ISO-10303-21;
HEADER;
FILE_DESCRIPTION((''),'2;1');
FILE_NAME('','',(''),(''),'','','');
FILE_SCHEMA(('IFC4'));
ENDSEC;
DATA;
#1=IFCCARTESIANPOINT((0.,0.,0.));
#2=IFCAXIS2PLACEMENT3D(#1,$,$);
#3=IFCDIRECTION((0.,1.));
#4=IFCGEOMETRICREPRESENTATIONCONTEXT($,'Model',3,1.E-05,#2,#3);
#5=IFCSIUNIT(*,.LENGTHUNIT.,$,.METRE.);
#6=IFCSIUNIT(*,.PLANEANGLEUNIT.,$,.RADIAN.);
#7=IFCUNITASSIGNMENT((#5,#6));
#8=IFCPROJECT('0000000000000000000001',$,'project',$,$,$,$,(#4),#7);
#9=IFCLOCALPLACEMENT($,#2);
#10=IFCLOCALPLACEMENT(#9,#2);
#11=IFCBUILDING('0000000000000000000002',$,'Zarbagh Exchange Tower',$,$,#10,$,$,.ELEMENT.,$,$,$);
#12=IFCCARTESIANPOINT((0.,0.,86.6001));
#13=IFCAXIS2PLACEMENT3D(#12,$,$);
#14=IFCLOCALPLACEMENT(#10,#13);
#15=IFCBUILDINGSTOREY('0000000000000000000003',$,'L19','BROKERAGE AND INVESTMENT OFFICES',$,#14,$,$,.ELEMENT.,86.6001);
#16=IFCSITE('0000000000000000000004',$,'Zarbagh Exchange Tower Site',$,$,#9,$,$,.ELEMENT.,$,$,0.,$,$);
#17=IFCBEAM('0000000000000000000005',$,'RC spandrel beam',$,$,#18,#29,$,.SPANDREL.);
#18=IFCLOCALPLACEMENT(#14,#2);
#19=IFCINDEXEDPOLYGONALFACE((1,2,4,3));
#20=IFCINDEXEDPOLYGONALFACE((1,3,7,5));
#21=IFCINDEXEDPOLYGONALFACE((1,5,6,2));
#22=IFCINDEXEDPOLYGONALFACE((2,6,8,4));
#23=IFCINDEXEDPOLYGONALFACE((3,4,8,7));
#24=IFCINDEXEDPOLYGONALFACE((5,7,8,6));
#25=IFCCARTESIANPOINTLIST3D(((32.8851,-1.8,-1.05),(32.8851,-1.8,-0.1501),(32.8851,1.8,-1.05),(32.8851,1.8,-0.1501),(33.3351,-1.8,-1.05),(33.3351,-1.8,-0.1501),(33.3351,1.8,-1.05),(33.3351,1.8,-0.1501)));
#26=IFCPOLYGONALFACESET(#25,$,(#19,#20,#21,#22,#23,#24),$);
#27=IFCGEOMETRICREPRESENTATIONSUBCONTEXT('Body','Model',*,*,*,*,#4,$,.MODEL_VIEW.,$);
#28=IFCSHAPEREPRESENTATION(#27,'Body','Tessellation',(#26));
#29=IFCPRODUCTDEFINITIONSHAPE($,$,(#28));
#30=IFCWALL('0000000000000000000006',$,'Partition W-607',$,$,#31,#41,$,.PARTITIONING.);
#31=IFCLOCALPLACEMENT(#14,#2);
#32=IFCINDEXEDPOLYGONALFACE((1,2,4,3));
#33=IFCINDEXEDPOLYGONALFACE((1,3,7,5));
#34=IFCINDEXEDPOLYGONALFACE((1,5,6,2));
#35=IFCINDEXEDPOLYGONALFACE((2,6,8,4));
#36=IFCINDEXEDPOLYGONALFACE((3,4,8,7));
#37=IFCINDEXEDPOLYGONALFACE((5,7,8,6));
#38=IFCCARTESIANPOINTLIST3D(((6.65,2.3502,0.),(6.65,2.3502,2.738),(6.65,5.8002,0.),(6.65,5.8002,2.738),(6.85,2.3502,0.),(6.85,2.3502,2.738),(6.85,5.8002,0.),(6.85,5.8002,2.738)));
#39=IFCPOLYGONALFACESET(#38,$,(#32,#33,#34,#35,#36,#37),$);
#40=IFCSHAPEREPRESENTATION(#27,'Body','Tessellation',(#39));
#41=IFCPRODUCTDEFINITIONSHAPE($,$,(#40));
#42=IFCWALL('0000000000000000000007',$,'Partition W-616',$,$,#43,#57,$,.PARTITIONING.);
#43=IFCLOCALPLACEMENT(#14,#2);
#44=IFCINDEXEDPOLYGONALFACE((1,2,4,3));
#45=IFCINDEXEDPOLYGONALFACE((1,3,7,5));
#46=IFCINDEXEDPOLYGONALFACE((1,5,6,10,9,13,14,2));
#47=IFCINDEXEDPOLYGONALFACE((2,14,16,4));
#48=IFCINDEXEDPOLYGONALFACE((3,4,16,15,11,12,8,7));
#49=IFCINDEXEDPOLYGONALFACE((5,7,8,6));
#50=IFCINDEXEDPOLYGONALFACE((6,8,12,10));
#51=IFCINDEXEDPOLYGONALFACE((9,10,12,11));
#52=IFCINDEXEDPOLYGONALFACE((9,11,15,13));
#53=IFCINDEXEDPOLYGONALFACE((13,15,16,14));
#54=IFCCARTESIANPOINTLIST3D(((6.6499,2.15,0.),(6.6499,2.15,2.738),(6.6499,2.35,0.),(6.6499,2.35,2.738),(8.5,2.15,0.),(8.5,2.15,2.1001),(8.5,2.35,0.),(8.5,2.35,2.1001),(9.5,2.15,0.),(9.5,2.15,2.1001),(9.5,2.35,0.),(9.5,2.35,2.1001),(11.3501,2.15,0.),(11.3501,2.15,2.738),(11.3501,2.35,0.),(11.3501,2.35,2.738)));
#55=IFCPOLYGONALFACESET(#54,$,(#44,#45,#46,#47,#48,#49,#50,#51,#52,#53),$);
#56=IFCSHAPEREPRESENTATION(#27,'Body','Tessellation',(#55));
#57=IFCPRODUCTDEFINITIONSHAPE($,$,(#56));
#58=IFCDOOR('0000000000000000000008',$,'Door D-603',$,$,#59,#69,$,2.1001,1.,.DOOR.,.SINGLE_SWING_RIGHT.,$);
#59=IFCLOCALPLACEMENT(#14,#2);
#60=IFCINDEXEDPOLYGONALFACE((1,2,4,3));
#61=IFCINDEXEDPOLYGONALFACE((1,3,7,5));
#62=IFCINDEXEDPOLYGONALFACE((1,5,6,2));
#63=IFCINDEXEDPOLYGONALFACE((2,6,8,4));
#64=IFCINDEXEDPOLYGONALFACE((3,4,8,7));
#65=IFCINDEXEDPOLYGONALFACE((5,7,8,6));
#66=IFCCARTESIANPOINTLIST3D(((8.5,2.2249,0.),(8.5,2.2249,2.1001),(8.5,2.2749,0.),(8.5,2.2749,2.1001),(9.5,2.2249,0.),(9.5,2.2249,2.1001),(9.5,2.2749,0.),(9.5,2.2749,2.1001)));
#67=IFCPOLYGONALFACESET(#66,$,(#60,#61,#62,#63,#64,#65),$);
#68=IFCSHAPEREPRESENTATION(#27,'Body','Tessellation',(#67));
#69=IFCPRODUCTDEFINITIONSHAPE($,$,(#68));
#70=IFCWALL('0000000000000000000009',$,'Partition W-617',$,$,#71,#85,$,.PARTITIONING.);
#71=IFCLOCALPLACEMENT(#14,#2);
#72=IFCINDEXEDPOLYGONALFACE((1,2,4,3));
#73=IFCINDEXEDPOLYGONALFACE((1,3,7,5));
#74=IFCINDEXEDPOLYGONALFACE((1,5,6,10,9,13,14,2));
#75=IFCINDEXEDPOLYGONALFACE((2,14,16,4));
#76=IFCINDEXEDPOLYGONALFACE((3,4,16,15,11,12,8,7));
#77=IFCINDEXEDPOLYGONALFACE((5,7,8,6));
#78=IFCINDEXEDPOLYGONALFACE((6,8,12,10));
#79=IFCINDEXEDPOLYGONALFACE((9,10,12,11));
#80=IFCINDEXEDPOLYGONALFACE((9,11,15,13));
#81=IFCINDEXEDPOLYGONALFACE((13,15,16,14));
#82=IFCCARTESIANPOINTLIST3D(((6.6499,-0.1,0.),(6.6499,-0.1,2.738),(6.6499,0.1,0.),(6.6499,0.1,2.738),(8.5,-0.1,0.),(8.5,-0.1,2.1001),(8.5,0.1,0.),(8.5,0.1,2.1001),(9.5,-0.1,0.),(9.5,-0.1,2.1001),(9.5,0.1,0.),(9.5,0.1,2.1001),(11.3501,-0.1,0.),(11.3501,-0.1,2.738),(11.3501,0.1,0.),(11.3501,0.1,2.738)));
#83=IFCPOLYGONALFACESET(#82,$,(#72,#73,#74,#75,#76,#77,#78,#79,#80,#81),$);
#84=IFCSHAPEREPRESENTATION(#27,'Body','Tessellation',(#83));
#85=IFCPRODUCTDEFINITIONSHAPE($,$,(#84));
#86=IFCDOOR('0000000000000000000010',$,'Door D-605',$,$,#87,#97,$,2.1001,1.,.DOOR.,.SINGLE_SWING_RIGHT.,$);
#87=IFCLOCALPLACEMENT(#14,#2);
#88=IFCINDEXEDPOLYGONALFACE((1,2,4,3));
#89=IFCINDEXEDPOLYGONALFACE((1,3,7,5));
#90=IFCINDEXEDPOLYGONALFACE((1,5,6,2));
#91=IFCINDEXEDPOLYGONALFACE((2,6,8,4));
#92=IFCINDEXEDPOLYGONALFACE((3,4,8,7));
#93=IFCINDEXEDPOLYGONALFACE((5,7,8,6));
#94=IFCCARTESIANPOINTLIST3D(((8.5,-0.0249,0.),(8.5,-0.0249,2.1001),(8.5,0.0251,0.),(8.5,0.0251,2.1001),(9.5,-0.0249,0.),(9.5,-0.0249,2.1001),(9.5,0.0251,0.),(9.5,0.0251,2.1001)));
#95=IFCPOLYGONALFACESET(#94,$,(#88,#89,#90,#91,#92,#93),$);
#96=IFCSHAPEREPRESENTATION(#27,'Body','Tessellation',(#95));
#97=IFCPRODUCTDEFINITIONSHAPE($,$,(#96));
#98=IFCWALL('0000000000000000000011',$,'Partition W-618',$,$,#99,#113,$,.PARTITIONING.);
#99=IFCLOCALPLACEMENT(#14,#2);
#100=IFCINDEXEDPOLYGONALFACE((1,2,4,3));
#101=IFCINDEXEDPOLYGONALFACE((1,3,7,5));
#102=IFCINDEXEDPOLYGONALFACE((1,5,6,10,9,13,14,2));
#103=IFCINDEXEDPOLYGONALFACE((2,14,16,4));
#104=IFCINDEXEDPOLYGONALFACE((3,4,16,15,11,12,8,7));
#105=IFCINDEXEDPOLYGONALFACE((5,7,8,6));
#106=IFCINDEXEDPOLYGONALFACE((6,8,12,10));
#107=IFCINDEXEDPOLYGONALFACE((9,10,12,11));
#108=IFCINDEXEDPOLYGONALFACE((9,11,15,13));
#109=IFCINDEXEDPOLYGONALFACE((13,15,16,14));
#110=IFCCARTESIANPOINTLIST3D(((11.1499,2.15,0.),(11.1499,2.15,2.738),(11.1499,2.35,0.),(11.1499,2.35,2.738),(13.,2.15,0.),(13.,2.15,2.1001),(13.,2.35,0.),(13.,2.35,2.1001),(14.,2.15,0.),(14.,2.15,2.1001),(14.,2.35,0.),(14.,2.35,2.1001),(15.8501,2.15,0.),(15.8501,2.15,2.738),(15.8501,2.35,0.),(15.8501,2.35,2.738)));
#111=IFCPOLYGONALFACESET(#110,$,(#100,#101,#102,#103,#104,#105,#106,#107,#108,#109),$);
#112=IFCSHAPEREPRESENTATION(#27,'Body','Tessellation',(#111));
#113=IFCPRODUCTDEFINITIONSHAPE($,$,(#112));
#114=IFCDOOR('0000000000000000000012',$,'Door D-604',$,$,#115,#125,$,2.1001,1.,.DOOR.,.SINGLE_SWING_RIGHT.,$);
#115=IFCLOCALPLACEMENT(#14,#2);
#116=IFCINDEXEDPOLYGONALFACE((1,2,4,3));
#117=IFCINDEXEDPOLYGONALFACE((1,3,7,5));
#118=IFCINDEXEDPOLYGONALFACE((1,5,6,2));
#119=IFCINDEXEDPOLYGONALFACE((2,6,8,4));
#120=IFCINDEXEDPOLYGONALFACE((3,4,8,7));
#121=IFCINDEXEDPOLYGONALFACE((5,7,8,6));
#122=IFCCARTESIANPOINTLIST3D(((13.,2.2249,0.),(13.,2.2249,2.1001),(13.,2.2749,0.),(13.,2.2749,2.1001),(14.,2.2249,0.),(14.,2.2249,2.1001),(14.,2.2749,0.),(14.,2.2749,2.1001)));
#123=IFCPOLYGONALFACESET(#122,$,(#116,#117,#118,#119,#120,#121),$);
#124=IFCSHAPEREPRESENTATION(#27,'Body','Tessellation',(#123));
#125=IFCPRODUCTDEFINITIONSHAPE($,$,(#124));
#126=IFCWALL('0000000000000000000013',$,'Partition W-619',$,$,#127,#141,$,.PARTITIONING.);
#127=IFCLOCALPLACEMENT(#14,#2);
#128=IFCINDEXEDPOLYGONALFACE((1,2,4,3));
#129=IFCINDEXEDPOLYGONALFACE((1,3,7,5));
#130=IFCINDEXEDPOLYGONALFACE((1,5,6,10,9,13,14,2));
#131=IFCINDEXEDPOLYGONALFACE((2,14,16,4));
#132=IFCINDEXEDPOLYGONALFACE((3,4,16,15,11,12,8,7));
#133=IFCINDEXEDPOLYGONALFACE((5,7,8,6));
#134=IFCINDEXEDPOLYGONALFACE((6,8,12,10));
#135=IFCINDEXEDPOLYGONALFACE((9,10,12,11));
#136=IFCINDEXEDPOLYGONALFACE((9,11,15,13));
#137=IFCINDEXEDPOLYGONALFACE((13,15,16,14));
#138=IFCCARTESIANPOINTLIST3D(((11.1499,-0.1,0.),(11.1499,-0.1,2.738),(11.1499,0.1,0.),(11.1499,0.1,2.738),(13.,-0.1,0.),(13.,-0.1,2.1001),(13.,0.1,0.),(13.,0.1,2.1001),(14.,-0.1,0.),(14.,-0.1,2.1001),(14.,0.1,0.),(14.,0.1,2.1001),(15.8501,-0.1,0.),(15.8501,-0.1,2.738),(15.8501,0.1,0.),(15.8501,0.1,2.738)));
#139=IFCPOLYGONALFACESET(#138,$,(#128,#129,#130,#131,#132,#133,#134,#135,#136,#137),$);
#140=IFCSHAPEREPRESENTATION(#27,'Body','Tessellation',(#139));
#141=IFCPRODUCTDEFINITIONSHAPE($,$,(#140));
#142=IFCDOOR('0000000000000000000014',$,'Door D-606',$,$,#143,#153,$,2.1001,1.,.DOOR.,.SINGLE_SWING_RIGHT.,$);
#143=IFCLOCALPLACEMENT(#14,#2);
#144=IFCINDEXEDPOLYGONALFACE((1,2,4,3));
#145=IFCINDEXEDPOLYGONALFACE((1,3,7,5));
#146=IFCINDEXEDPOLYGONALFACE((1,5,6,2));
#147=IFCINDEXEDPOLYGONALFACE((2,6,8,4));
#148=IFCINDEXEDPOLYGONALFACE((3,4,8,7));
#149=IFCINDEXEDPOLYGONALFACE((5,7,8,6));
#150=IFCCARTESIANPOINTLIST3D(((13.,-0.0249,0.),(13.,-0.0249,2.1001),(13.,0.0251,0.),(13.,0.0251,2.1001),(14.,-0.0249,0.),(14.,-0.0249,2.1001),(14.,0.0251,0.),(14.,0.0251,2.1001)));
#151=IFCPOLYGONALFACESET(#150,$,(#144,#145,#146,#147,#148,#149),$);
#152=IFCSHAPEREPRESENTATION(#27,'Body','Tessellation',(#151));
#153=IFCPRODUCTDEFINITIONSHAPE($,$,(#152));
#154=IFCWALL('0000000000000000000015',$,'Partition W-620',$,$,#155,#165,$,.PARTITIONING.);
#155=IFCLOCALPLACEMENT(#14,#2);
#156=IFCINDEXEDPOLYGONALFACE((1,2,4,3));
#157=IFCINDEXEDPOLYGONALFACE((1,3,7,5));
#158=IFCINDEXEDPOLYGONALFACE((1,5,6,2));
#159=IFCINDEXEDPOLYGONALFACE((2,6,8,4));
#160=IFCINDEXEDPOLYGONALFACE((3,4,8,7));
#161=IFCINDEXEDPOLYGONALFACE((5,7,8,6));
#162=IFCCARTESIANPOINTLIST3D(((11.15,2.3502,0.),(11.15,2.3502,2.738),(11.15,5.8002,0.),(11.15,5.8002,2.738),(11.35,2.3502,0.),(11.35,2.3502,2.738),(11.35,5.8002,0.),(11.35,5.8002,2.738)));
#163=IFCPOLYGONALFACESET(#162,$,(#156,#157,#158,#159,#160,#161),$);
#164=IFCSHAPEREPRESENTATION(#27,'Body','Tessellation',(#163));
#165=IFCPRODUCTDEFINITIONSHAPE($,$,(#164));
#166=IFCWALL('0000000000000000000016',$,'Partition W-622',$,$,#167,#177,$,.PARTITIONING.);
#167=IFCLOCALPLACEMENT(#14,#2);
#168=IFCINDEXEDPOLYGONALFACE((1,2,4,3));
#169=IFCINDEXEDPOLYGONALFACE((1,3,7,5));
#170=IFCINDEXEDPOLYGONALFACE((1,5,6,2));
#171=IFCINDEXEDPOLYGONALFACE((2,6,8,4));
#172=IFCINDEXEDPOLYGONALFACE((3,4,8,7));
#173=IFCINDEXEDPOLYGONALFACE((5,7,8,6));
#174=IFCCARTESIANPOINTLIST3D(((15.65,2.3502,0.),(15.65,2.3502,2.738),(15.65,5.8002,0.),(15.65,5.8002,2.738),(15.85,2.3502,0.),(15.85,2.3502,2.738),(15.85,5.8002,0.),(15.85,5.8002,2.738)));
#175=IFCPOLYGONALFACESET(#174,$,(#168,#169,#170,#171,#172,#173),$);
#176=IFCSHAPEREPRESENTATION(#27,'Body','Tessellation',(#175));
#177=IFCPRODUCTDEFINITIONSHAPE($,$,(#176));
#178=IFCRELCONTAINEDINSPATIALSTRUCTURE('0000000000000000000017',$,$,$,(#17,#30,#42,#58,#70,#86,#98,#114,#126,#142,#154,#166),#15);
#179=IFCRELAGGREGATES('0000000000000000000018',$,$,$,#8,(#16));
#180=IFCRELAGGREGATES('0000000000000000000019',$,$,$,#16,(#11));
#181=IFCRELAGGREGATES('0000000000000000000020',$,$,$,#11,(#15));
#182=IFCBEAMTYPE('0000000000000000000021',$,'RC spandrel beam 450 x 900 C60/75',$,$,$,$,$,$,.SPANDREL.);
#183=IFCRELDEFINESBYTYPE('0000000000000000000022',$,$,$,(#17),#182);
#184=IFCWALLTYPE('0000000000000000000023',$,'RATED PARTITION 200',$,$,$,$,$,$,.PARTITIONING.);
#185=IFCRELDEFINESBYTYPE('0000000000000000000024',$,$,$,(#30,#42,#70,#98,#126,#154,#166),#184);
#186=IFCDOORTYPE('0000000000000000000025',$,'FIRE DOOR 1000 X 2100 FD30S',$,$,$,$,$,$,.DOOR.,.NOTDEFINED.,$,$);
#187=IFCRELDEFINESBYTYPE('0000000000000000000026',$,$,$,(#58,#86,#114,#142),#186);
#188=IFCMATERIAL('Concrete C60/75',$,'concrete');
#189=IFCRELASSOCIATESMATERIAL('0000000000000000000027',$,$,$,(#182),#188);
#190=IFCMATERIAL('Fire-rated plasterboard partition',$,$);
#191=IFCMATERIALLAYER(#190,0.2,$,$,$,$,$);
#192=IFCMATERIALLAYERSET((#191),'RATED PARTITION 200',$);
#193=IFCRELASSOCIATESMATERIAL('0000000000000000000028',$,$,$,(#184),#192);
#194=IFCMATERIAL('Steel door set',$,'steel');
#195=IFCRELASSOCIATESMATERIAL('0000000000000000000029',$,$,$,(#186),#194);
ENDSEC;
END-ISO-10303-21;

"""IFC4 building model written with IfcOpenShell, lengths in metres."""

from ifc_helpers import new_model, si_unit, direction, frame, frame_2d, origin, origin_2d, place, context, subcontext, project, spatial, rectangle, extrude, material, layer, layer_set, material_profile, profile_set, type_object, element, fill, save


model = new_model("IFC4")

# Units and contexts
model_context = context("Model", 3, precision=1e-05, world=origin(), true_north=direction((0.0, 1.0)))
body_context = subcontext(model_context, "Body", "Model", "MODEL_VIEW")
ifc_project = project(units=[si_unit("LENGTHUNIT", "METRE"), si_unit("PLANEANGLEUNIT", "RADIAN")], contexts=[model_context])

# Site, building, storey
site_placement = place(None, origin())
site = spatial("IfcSite", under=ifc_project, at=site_placement, Name="Zarbagh Exchange Tower Site", CompositionType="ELEMENT", RefElevation=0.0)
building_placement = place(site_placement, origin())
building = spatial("IfcBuilding", under=site, at=building_placement, Name="Zarbagh Exchange Tower", CompositionType="ELEMENT")
storey_placement = place(building_placement, frame((0.0, 0.0, 86.6001)))
storey = spatial("IfcBuildingStorey", under=building, at=storey_placement, Name="L19", Description="BROKERAGE AND INVESTMENT OFFICES", CompositionType="ELEMENT", Elevation=86.6001)

# Shared definitions
ifc_material_1 = material(Name="Concrete C60/75", Category="concrete")

# Beam
ifc_material_profile_1 = material_profile(ifc_material_1, rectangle(XDim=0.45, YDim=0.8999, at=origin_2d()), Name="RC spandrel beam 450 x 900 C60/75")
ifc_profile_set_1 = profile_set([ifc_material_profile_1], Name="Concrete C60/75")
beam_type_1 = type_object("IfcBeamType", Name="RC spandrel beam 450 x 900 C60/75", PredefinedType="SPANDREL", material=ifc_profile_set_1)
beam_1_placement = place(storey_placement, frame((33.1101, 1.8, -0.6001), z_axis=(0.0, -1.0, 0.0), x_axis=(1.0, 0.0, 0.0)))
element("IfcBeam", 1, at=beam_1_placement, inside=storey, type_object=beam_type_1, Name="RC spandrel beam", PredefinedType="SPANDREL", context=body_context, shape_type="SweptSolid", body=[
    extrude(rectangle(XDim=0.45, YDim=0.8999, at=origin_2d()), origin(), (0.0, 0.0, 1.0), 3.6001),
])

# Wall
ifc_material_2 = material(Name="Fire-rated plasterboard partition")
ifc_layer = layer(ifc_material_2, 0.2)
ifc_layer_set = layer_set([ifc_layer], Name="RATED PARTITION 200")
wall_type = type_object("IfcWallType", Name="RATED PARTITION 200", PredefinedType="PARTITIONING", material=ifc_layer_set)
wall_1_placement = place(storey_placement, frame((6.75, 2.3501, 0.0), z_axis=(0.0, 0.0, 1.0), x_axis=(0.0, 1.0, 0.0)))
element("IfcWall", 2, at=wall_1_placement, inside=storey, type_object=wall_type, Name="Partition W-607", PredefinedType="PARTITIONING", context=body_context, shape_type="SweptSolid", body=[
    extrude(rectangle(XDim=3.45, YDim=0.2, at=frame_2d((1.7251, 0.0))), origin(), (0.0, 0.0, 1.0), 2.738),
])

# Walls, openings, doors
wall_2_placement = place(storey_placement, frame((6.6499, 2.25, 0.0), z_axis=(0.0, 0.0, 1.0), x_axis=(1.0, 0.0, 0.0)))
wall_2 = element("IfcWall", 3, at=wall_2_placement, inside=storey, type_object=wall_type, Name="Partition W-616", PredefinedType="PARTITIONING", context=body_context, shape_type="SweptSolid", body=[
    extrude(rectangle(XDim=4.7002, YDim=0.2, at=frame_2d((2.3501, 0.0))), origin(), (0.0, 0.0, 1.0), 2.738),
])
opening_1_placement = place(wall_2_placement, frame((1.8501, 0.0, 0.0)))
opening_1 = element("IfcOpeningElement", 4, at=opening_1_placement, cuts=wall_2, PredefinedType="OPENING", context=body_context, shape_type="SweptSolid", body=[
    extrude(rectangle(XDim=1.0, YDim=2.1001, at=frame_2d((0.5, 1.05))), frame((0.0, 0.1099, 0.0), z_axis=(0.0, -1.0, 0.0), x_axis=(1.0, 0.0, 0.0)), (0.0, 0.0, 1.0), 0.22),
])
ifc_material_3 = material(Name="Steel door set", Category="steel")
door_type = type_object("IfcDoorType", Name="FIRE DOOR 1000 X 2100 FD30S", OperationType="NOTDEFINED", PredefinedType="DOOR", material=ifc_material_3)
door_1_placement = place(opening_1_placement, origin())
door_1 = element("IfcDoor", 5, at=door_1_placement, inside=storey, type_object=door_type, Name="Door D-603", OperationType="SINGLE_SWING_RIGHT", OverallHeight=2.1001, OverallWidth=1.0, PredefinedType="DOOR", context=body_context, shape_type="SweptSolid", body=[
    extrude(rectangle(XDim=1.0, YDim=2.1001, at=frame_2d((0.5, 1.05))), frame((0.0, 0.0249, 0.0), z_axis=(0.0, -1.0, 0.0), x_axis=(1.0, 0.0, 0.0)), (0.0, 0.0, 1.0), 0.05),
])
fill(opening_1, door_1)
wall_3_placement = place(storey_placement, frame((11.3501, 0.0, 0.0), z_axis=(0.0, 0.0, 1.0), x_axis=(-1.0, 0.0, 0.0)))
wall_3 = element("IfcWall", 6, at=wall_3_placement, inside=storey, type_object=wall_type, Name="Partition W-617", PredefinedType="PARTITIONING", context=body_context, shape_type="SweptSolid", body=[
    extrude(rectangle(XDim=4.7002, YDim=0.2, at=frame_2d((2.3501, 0.0))), origin(), (0.0, 0.0, 1.0), 2.738),
])
opening_2_placement = place(wall_3_placement, frame((1.8501, 0.0, 0.0)))
opening_2 = element("IfcOpeningElement", 7, at=opening_2_placement, cuts=wall_3, PredefinedType="OPENING", context=body_context, shape_type="SweptSolid", body=[
    extrude(rectangle(XDim=1.0, YDim=2.1001, at=frame_2d((0.5, 1.05))), frame((0.0, 0.1099, 0.0), z_axis=(0.0, -1.0, 0.0), x_axis=(1.0, 0.0, 0.0)), (0.0, 0.0, 1.0), 0.22),
])
door_2_placement = place(opening_2_placement, origin())
door_2 = element("IfcDoor", 8, at=door_2_placement, inside=storey, type_object=door_type, Name="Door D-605", OperationType="SINGLE_SWING_RIGHT", OverallHeight=2.1001, OverallWidth=1.0, PredefinedType="DOOR", context=body_context, shape_type="SweptSolid", body=[
    extrude(rectangle(XDim=1.0, YDim=2.1001, at=frame_2d((0.5, 1.05))), frame((0.0, 0.0249, 0.0), z_axis=(0.0, -1.0, 0.0), x_axis=(1.0, 0.0, 0.0)), (0.0, 0.0, 1.0), 0.05),
])
fill(opening_2, door_2)
wall_4_placement = place(storey_placement, frame((11.1499, 2.25, 0.0), z_axis=(0.0, 0.0, 1.0), x_axis=(1.0, 0.0, 0.0)))
wall_4 = element("IfcWall", 9, at=wall_4_placement, inside=storey, type_object=wall_type, Name="Partition W-618", PredefinedType="PARTITIONING", context=body_context, shape_type="SweptSolid", body=[
    extrude(rectangle(XDim=4.7002, YDim=0.2, at=frame_2d((2.3501, 0.0))), origin(), (0.0, 0.0, 1.0), 2.738),
])
opening_3_placement = place(wall_4_placement, frame((1.8501, 0.0, 0.0)))
opening_3 = element("IfcOpeningElement", 10, at=opening_3_placement, cuts=wall_4, PredefinedType="OPENING", context=body_context, shape_type="SweptSolid", body=[
    extrude(rectangle(XDim=1.0, YDim=2.1001, at=frame_2d((0.5, 1.05))), frame((0.0, 0.1099, 0.0), z_axis=(0.0, -1.0, 0.0), x_axis=(1.0, 0.0, 0.0)), (0.0, 0.0, 1.0), 0.22),
])
door_3_placement = place(opening_3_placement, origin())
door_3 = element("IfcDoor", 11, at=door_3_placement, inside=storey, type_object=door_type, Name="Door D-604", OperationType="SINGLE_SWING_RIGHT", OverallHeight=2.1001, OverallWidth=1.0, PredefinedType="DOOR", context=body_context, shape_type="SweptSolid", body=[
    extrude(rectangle(XDim=1.0, YDim=2.1001, at=frame_2d((0.5, 1.05))), frame((0.0, 0.0249, 0.0), z_axis=(0.0, -1.0, 0.0), x_axis=(1.0, 0.0, 0.0)), (0.0, 0.0, 1.0), 0.05),
])
fill(opening_3, door_3)
wall_5_placement = place(storey_placement, frame((15.8501, 0.0, 0.0), z_axis=(0.0, 0.0, 1.0), x_axis=(-1.0, 0.0, 0.0)))
wall_5 = element("IfcWall", 12, at=wall_5_placement, inside=storey, type_object=wall_type, Name="Partition W-619", PredefinedType="PARTITIONING", context=body_context, shape_type="SweptSolid", body=[
    extrude(rectangle(XDim=4.7002, YDim=0.2, at=frame_2d((2.3501, 0.0))), origin(), (0.0, 0.0, 1.0), 2.738),
])
opening_4_placement = place(wall_5_placement, frame((1.8501, 0.0, 0.0)))
opening_4 = element("IfcOpeningElement", 13, at=opening_4_placement, cuts=wall_5, PredefinedType="OPENING", context=body_context, shape_type="SweptSolid", body=[
    extrude(rectangle(XDim=1.0, YDim=2.1001, at=frame_2d((0.5, 1.05))), frame((0.0, 0.1099, 0.0), z_axis=(0.0, -1.0, 0.0), x_axis=(1.0, 0.0, 0.0)), (0.0, 0.0, 1.0), 0.22),
])
door_4_placement = place(opening_4_placement, origin())
door_4 = element("IfcDoor", 14, at=door_4_placement, inside=storey, type_object=door_type, Name="Door D-606", OperationType="SINGLE_SWING_RIGHT", OverallHeight=2.1001, OverallWidth=1.0, PredefinedType="DOOR", context=body_context, shape_type="SweptSolid", body=[
    extrude(rectangle(XDim=1.0, YDim=2.1001, at=frame_2d((0.5, 1.05))), frame((0.0, 0.0249, 0.0), z_axis=(0.0, -1.0, 0.0), x_axis=(1.0, 0.0, 0.0)), (0.0, 0.0, 1.0), 0.05),
])
fill(opening_4, door_4)

# Walls
for number, where, z_axis, x_axis, name in (
    (15, (11.25, 2.3501, 0.0), (0.0, 0.0, 1.0), (0.0, 1.0, 0.0), "Partition W-620"),
    (16, (15.75, 2.3501, 0.0), (0.0, 0.0, 1.0), (0.0, 1.0, 0.0), "Partition W-622"),
):
    element("IfcWall", number, at=place(storey_placement, frame(where, z_axis=z_axis, x_axis=x_axis)), inside=storey, type_object=wall_type, Name=name, PredefinedType="PARTITIONING", context=body_context, shape_type="SweptSolid", body=[
        extrude(rectangle(XDim=3.45, YDim=0.2, at=frame_2d((1.7251, 0.0))), origin(), (0.0, 0.0, 1.0), 2.738),
    ])

save(model, "model.ifc")
